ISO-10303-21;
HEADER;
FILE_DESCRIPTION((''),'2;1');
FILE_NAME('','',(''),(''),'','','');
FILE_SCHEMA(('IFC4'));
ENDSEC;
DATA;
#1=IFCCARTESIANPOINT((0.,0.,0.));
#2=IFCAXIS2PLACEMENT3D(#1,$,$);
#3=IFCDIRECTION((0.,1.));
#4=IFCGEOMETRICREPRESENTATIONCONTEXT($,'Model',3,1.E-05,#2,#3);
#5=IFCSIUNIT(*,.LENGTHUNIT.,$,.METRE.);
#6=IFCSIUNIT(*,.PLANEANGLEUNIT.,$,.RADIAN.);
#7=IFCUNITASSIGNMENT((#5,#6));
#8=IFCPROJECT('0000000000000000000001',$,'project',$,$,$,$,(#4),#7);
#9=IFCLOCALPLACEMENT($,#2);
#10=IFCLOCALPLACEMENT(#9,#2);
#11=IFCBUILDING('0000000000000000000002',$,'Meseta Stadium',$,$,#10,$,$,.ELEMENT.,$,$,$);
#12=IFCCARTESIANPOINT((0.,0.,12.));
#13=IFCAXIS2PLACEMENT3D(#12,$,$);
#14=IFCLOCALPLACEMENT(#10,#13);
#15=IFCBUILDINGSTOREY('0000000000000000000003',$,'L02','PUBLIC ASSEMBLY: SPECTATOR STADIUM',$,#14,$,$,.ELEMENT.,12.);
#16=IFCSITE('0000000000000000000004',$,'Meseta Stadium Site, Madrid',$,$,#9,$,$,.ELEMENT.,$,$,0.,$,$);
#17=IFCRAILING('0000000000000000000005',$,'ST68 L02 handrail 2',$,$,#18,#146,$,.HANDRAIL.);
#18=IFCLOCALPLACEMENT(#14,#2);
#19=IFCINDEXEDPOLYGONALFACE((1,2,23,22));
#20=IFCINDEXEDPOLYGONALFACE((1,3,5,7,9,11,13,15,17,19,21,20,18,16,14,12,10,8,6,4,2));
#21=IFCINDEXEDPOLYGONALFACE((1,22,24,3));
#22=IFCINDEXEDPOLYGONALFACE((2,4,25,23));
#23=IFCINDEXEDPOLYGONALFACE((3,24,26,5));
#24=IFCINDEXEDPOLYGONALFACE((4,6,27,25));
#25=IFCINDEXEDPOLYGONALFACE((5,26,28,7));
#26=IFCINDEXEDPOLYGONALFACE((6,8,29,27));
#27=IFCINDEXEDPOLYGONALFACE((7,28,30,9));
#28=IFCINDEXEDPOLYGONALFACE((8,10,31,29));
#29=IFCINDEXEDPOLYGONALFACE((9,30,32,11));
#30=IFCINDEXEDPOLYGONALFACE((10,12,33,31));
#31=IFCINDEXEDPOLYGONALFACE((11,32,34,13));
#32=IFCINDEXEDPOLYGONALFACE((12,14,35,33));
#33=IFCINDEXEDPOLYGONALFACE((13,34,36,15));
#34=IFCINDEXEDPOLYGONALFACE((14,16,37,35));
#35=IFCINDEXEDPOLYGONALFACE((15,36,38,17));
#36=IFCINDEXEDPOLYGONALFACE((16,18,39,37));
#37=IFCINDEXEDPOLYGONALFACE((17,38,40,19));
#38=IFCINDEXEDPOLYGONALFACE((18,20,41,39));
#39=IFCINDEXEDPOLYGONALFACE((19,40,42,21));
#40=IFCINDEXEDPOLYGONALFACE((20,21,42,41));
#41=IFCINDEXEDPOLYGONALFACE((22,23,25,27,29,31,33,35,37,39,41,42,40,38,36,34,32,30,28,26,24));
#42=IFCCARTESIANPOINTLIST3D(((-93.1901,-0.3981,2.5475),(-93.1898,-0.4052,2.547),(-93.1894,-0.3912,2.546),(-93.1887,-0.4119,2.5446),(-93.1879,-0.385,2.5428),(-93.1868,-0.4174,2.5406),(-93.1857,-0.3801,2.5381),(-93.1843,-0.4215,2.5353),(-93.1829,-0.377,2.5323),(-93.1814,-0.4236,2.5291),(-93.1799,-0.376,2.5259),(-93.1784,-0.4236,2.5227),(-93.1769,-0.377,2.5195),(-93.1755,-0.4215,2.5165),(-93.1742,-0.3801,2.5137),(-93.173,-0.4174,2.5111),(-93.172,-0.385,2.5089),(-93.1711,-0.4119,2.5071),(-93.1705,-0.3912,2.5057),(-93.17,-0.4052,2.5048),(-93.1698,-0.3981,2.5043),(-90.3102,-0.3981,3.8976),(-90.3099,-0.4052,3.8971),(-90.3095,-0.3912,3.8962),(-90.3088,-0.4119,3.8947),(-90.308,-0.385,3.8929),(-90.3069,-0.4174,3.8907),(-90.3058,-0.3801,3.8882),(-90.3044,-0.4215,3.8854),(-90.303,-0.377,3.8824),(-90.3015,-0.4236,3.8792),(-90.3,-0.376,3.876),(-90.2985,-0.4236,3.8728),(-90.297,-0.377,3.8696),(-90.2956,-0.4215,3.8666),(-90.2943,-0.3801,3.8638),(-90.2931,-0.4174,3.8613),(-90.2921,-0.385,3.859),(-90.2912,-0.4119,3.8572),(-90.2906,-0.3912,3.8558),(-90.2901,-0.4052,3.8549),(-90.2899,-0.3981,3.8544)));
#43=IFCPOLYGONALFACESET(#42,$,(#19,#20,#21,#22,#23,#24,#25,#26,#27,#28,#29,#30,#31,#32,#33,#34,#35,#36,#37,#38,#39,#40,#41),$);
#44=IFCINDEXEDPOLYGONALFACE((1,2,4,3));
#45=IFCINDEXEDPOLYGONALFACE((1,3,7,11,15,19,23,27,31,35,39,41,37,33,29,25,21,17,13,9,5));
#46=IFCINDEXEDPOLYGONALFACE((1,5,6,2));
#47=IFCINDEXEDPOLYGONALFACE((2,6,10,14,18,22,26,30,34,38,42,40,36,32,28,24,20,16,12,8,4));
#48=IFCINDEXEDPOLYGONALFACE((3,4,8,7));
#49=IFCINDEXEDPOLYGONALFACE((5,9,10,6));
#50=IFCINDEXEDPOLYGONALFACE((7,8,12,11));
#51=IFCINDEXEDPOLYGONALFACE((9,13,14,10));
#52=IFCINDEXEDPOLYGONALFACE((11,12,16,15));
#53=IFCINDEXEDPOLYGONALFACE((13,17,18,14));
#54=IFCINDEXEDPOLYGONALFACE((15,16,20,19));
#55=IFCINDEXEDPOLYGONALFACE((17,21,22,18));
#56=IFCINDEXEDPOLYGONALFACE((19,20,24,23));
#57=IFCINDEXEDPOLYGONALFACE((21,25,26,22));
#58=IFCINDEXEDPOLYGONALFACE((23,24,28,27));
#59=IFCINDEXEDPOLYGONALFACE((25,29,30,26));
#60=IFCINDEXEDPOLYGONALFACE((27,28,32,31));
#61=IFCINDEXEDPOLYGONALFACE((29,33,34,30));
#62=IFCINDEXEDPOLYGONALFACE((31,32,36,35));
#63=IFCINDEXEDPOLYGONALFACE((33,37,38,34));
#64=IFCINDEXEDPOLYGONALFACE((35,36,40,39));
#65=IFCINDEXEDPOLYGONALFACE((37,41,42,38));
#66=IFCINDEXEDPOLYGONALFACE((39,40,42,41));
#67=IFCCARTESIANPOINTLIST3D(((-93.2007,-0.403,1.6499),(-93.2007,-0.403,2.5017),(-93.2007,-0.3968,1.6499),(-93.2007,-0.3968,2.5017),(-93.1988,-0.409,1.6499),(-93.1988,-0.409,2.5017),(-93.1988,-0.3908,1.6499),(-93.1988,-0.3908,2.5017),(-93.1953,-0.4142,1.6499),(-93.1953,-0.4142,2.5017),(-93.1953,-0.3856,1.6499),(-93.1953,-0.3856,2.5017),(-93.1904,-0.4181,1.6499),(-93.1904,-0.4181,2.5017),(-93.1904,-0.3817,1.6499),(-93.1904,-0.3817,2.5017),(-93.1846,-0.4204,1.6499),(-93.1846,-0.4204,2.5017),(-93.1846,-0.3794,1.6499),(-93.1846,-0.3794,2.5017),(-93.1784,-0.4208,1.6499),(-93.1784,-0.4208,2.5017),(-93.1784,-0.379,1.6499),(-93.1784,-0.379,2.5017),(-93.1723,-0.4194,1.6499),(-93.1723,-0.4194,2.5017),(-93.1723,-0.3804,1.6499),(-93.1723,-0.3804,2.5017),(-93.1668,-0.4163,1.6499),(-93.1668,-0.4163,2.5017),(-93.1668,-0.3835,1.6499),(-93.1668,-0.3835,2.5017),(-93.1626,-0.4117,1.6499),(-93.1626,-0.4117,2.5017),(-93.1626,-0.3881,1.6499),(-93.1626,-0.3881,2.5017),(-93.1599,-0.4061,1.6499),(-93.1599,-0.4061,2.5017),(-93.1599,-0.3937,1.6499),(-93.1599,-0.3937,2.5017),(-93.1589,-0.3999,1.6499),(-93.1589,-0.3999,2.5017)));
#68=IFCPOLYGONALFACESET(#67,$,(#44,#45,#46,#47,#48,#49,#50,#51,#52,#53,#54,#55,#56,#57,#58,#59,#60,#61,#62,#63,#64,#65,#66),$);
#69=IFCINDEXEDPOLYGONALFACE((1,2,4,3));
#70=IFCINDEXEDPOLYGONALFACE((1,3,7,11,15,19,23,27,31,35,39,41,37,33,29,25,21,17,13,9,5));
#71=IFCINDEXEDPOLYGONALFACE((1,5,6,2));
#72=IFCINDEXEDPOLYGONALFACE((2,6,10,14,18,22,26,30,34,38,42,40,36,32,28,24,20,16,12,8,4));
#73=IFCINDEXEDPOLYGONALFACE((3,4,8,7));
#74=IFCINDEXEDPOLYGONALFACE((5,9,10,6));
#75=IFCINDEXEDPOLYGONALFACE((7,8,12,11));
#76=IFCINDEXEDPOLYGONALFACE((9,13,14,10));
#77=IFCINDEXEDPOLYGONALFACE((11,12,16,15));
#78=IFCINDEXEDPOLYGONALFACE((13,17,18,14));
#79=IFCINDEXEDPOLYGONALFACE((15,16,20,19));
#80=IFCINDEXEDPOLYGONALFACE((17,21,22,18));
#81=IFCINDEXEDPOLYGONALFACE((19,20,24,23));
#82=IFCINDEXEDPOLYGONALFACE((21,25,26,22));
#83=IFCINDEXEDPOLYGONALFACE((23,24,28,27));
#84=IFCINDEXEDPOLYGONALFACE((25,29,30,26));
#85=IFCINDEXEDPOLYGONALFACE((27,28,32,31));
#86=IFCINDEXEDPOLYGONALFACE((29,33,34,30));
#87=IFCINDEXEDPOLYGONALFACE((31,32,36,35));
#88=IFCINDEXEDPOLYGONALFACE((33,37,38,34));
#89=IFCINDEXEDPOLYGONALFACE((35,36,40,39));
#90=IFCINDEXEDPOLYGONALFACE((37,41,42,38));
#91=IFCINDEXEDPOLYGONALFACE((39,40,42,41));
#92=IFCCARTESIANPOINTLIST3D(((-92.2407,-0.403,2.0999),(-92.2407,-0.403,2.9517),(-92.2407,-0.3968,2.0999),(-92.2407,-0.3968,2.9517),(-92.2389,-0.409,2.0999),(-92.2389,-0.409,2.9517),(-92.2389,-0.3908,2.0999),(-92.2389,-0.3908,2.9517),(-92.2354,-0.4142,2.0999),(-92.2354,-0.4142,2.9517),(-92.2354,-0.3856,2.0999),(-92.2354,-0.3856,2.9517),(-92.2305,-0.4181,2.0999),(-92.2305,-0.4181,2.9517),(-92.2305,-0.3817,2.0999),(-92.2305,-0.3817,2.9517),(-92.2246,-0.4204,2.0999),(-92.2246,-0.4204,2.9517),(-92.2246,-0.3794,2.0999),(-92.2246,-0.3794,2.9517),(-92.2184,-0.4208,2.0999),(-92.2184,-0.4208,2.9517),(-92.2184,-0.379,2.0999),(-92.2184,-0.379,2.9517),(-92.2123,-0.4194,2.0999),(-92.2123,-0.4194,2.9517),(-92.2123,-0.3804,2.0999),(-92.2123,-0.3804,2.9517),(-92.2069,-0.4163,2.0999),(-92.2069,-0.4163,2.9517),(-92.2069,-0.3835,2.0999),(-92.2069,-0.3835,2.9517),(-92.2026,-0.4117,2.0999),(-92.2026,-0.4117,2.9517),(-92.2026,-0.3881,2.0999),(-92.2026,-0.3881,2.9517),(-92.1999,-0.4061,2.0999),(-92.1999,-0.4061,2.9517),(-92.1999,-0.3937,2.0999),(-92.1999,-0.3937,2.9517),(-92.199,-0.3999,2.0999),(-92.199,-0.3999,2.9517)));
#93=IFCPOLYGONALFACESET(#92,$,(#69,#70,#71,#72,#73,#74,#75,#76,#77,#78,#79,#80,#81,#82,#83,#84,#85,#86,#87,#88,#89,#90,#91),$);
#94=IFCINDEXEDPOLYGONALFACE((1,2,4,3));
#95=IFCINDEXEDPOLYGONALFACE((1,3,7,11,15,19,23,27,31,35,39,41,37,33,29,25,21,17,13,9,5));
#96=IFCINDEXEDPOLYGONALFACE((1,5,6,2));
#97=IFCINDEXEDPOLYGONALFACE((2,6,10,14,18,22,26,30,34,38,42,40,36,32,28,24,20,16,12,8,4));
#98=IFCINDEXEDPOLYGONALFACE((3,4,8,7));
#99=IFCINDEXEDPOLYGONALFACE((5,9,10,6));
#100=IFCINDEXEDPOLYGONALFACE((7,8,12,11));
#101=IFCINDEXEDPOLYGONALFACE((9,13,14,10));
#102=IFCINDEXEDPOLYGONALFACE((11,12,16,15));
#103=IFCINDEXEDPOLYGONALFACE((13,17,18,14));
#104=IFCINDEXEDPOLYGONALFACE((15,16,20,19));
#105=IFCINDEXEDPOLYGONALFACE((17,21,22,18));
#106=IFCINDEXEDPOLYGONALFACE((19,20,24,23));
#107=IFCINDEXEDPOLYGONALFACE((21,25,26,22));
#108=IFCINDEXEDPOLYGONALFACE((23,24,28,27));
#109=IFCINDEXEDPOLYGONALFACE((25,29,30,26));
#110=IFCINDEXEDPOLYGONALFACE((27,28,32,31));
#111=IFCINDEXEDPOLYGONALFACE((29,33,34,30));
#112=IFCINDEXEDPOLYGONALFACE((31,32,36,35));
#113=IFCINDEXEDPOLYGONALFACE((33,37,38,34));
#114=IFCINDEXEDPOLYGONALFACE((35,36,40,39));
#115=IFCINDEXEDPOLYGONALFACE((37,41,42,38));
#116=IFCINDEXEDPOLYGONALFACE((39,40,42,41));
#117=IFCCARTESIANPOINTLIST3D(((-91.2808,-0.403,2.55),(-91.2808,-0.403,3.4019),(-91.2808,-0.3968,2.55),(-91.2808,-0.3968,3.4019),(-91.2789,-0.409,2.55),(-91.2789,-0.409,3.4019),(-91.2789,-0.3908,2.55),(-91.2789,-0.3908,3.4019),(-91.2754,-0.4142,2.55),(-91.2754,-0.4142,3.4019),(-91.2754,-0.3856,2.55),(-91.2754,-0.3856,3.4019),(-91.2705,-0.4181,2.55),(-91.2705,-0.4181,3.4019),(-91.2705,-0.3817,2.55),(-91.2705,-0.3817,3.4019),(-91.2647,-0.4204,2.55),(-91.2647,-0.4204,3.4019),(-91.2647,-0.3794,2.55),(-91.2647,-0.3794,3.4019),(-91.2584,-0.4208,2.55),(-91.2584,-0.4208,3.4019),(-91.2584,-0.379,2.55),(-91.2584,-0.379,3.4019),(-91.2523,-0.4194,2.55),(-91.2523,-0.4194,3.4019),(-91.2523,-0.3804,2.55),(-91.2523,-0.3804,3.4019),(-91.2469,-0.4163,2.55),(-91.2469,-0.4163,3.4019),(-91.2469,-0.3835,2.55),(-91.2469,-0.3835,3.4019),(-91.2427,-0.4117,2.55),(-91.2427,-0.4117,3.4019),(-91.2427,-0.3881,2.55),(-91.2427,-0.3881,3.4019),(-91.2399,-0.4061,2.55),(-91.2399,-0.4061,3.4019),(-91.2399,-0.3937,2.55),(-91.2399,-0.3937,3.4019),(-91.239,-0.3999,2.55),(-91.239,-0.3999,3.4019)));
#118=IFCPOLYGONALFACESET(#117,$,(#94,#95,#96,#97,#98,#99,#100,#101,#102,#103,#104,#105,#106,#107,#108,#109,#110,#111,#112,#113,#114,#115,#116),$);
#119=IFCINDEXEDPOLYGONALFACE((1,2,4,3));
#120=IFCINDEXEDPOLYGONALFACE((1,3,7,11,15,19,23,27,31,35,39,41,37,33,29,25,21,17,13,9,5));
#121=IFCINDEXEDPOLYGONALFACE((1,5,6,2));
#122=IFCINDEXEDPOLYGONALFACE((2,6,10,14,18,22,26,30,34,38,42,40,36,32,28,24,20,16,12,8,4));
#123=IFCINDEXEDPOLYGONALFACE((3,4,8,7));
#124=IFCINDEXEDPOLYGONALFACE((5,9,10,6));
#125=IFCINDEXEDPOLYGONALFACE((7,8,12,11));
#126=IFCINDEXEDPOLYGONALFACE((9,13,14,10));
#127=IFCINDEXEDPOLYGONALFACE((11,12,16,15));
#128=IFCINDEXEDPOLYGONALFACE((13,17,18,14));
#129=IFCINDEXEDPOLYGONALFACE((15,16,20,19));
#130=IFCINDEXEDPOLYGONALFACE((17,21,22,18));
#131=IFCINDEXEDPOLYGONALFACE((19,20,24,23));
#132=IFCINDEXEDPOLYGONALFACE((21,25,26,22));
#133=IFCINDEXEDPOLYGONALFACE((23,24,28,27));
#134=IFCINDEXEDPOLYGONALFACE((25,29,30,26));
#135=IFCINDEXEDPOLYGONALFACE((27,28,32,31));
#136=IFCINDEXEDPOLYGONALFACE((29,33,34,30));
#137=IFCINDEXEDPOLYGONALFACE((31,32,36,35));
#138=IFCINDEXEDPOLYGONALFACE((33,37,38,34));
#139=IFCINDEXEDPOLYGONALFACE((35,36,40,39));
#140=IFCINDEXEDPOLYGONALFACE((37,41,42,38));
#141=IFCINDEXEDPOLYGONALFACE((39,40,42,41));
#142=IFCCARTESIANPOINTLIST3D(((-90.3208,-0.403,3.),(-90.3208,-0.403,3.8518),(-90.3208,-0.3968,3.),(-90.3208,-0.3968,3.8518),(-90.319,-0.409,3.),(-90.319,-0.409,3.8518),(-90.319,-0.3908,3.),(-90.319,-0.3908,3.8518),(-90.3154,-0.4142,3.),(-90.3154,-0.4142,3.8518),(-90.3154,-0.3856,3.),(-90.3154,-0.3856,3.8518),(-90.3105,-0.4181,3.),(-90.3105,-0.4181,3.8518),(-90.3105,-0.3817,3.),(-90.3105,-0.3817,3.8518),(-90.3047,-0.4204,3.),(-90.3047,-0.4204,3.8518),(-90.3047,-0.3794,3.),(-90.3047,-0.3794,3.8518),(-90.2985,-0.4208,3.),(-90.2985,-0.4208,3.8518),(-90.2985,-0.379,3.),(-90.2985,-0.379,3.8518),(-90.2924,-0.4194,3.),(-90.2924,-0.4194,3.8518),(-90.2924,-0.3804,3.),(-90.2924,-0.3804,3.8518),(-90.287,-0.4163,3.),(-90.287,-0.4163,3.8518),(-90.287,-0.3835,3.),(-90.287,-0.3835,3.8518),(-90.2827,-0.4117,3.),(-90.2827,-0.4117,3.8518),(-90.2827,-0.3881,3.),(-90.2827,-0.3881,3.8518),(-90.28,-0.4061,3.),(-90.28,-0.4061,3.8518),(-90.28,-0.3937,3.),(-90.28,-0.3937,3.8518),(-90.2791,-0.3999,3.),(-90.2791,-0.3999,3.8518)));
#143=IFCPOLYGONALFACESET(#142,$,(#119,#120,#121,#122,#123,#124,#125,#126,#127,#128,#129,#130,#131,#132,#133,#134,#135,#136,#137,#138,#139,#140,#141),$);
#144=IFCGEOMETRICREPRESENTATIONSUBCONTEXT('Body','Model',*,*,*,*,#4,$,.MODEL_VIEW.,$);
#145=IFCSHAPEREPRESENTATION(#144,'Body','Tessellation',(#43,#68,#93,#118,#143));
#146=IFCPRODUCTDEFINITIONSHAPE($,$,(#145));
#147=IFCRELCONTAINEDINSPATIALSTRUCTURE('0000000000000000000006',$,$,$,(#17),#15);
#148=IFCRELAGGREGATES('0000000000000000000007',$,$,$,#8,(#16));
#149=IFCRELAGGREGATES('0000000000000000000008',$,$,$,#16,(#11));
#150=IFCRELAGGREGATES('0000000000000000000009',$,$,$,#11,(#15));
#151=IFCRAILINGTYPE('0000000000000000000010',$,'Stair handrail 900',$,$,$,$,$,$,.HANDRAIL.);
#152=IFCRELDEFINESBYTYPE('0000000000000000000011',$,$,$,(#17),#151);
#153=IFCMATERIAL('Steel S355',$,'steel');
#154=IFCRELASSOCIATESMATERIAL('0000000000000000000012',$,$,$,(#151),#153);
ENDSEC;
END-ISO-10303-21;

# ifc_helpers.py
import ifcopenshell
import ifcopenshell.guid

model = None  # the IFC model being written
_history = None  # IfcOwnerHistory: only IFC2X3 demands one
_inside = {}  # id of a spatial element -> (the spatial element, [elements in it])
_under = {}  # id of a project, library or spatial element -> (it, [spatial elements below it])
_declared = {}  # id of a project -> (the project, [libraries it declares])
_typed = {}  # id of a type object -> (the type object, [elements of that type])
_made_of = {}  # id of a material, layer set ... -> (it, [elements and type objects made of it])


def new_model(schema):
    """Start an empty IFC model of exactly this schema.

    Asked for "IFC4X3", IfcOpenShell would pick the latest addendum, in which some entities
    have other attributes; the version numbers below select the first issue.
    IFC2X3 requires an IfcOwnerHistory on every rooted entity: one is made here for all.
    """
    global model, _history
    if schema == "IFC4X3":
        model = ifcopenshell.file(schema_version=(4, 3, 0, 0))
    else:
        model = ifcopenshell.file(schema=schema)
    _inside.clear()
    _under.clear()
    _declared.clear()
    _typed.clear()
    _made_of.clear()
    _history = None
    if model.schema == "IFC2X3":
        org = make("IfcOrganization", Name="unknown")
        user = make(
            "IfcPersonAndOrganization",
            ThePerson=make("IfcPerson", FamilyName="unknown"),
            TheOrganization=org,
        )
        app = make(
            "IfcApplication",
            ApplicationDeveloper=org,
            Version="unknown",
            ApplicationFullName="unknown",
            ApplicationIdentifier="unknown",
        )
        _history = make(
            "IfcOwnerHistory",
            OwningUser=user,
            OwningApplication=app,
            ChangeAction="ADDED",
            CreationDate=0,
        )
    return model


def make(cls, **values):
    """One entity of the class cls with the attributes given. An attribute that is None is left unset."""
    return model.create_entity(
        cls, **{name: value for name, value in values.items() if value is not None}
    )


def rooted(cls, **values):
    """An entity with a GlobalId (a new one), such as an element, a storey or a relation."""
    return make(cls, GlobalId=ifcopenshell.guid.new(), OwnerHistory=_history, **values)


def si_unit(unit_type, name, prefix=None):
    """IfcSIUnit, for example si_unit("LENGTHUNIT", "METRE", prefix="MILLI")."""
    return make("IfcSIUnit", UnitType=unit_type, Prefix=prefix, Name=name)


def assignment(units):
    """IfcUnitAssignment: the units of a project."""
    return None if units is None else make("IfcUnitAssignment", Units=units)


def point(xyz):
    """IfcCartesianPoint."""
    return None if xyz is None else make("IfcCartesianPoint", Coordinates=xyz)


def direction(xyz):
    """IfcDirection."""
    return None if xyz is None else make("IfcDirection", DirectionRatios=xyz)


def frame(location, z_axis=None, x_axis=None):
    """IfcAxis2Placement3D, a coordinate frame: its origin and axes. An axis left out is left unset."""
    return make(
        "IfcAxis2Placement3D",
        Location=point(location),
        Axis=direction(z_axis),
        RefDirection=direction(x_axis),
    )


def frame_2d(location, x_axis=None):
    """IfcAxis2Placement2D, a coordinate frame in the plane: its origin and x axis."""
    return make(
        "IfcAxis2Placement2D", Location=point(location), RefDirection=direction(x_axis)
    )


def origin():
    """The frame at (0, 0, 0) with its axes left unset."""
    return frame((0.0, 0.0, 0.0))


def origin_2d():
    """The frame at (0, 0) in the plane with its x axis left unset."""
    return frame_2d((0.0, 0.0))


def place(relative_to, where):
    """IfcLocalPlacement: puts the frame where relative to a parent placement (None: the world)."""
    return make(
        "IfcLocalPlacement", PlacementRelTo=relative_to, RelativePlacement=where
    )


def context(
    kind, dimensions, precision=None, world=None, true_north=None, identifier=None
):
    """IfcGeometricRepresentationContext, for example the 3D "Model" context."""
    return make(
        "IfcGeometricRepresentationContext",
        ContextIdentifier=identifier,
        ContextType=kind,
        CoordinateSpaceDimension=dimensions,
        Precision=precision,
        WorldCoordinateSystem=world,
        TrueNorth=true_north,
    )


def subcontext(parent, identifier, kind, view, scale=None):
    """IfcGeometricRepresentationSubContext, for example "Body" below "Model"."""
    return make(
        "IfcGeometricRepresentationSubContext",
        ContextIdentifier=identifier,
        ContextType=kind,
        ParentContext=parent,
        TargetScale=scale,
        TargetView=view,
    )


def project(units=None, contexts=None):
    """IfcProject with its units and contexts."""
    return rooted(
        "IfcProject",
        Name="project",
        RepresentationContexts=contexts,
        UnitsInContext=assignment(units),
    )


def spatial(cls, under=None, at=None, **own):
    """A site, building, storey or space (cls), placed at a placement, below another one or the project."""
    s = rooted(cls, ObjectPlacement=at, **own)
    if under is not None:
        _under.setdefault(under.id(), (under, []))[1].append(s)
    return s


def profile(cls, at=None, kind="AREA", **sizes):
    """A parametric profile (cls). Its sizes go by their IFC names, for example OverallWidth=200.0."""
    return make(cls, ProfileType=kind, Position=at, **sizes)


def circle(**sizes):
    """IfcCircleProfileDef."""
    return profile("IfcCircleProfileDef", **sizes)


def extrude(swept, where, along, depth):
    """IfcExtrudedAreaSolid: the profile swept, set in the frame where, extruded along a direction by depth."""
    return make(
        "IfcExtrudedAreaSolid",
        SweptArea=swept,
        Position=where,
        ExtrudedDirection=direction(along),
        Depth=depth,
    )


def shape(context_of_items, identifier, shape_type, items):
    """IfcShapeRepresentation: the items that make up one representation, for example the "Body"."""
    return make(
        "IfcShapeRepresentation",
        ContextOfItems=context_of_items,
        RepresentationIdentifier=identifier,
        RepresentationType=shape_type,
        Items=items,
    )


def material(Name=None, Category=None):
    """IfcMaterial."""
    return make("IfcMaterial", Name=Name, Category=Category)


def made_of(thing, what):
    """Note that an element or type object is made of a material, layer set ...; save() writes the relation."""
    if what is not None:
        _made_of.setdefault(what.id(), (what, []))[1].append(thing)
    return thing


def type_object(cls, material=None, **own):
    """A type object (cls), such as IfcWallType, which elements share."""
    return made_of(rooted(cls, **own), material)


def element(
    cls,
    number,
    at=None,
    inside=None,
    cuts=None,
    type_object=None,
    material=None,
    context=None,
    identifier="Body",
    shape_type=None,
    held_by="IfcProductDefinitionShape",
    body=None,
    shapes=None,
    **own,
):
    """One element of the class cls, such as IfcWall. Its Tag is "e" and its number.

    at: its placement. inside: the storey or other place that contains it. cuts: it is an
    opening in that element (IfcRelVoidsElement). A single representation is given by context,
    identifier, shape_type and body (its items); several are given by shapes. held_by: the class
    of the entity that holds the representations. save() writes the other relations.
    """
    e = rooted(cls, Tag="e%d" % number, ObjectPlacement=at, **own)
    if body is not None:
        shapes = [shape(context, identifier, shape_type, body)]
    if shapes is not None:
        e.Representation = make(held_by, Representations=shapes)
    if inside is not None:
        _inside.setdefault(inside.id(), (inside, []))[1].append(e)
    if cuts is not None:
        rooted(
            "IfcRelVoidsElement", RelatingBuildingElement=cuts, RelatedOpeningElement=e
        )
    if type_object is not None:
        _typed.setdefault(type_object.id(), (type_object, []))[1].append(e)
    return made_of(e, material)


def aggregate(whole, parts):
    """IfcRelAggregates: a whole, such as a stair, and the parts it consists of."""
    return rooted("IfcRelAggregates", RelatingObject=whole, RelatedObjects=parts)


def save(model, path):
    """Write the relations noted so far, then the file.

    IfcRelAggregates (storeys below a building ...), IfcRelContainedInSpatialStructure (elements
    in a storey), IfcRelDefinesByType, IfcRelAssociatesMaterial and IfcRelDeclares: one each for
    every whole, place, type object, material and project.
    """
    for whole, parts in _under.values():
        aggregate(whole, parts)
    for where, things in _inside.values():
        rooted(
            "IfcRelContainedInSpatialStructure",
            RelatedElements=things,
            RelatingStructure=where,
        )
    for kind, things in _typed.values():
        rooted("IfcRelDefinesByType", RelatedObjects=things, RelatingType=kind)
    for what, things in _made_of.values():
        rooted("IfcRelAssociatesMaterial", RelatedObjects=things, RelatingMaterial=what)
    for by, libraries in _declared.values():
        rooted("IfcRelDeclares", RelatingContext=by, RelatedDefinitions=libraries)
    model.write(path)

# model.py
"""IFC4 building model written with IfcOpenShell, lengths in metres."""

from ifc_helpers import new_model, si_unit, direction, frame, origin, origin_2d, place, context, subcontext, project, spatial, circle, extrude, material, type_object, element, save


model = new_model("IFC4")

# Units and contexts
model_context = context("Model", 3, precision=1e-05, world=origin(), true_north=direction((0.0, 1.0)))
body_context = subcontext(model_context, "Body", "Model", "MODEL_VIEW")
ifc_project = project(units=[si_unit("LENGTHUNIT", "METRE"), si_unit("PLANEANGLEUNIT", "RADIAN")], contexts=[model_context])

# Site, building, storey
site_placement = place(None, origin())
site = spatial("IfcSite", under=ifc_project, at=site_placement, Name="Meseta Stadium Site, Madrid", CompositionType="ELEMENT", RefElevation=0.0)
building_placement = place(site_placement, origin())
building = spatial("IfcBuilding", under=site, at=building_placement, Name="Meseta Stadium", CompositionType="ELEMENT")
storey_placement = place(building_placement, frame((0.0, 0.0, 12.0)))
storey = spatial("IfcBuildingStorey", under=building, at=storey_placement, Name="L02", Description="PUBLIC ASSEMBLY: SPECTATOR STADIUM", CompositionType="ELEMENT", Elevation=12.0)

# Railing
ifc_material_1 = material(Name="Steel S355", Category="steel")
railing_type = type_object("IfcRailingType", Name="Stair handrail 900", PredefinedType="HANDRAIL", material=ifc_material_1)
for number, where, name in (
    (1, (-93.1799, -0.3999, 1.6499), "ST68 L02 handrail 2"),
):
    element("IfcRailing", number, at=place(storey_placement, frame(where)), inside=storey, type_object=railing_type, Name=name, PredefinedType="HANDRAIL", context=body_context, shape_type="SweptSolid", body=[
        extrude(circle(Radius=0.0239, at=origin_2d()), frame((0.0, 0.0, 0.876), z_axis=(0.90544, 0.0, 0.424473), x_axis=(0.0, 1.0, 0.0)), (0.0, 0.0, 1.0), 3.1807),
        extrude(circle(Radius=0.021, at=origin_2d()), origin(), (0.0, 0.0, 1.0), 0.8518),
        extrude(circle(Radius=0.021, at=origin_2d()), frame((0.96, 0.0, 0.45)), (0.0, 0.0, 1.0), 0.8518),
        extrude(circle(Radius=0.021, at=origin_2d()), frame((1.9199, 0.0, 0.9001)), (0.0, 0.0, 1.0), 0.8518),
        extrude(circle(Radius=0.021, at=origin_2d()), frame((2.8799, 0.0, 1.3501)), (0.0, 0.0, 1.0), 0.8518),
    ])

save(model, "model.ifc")
